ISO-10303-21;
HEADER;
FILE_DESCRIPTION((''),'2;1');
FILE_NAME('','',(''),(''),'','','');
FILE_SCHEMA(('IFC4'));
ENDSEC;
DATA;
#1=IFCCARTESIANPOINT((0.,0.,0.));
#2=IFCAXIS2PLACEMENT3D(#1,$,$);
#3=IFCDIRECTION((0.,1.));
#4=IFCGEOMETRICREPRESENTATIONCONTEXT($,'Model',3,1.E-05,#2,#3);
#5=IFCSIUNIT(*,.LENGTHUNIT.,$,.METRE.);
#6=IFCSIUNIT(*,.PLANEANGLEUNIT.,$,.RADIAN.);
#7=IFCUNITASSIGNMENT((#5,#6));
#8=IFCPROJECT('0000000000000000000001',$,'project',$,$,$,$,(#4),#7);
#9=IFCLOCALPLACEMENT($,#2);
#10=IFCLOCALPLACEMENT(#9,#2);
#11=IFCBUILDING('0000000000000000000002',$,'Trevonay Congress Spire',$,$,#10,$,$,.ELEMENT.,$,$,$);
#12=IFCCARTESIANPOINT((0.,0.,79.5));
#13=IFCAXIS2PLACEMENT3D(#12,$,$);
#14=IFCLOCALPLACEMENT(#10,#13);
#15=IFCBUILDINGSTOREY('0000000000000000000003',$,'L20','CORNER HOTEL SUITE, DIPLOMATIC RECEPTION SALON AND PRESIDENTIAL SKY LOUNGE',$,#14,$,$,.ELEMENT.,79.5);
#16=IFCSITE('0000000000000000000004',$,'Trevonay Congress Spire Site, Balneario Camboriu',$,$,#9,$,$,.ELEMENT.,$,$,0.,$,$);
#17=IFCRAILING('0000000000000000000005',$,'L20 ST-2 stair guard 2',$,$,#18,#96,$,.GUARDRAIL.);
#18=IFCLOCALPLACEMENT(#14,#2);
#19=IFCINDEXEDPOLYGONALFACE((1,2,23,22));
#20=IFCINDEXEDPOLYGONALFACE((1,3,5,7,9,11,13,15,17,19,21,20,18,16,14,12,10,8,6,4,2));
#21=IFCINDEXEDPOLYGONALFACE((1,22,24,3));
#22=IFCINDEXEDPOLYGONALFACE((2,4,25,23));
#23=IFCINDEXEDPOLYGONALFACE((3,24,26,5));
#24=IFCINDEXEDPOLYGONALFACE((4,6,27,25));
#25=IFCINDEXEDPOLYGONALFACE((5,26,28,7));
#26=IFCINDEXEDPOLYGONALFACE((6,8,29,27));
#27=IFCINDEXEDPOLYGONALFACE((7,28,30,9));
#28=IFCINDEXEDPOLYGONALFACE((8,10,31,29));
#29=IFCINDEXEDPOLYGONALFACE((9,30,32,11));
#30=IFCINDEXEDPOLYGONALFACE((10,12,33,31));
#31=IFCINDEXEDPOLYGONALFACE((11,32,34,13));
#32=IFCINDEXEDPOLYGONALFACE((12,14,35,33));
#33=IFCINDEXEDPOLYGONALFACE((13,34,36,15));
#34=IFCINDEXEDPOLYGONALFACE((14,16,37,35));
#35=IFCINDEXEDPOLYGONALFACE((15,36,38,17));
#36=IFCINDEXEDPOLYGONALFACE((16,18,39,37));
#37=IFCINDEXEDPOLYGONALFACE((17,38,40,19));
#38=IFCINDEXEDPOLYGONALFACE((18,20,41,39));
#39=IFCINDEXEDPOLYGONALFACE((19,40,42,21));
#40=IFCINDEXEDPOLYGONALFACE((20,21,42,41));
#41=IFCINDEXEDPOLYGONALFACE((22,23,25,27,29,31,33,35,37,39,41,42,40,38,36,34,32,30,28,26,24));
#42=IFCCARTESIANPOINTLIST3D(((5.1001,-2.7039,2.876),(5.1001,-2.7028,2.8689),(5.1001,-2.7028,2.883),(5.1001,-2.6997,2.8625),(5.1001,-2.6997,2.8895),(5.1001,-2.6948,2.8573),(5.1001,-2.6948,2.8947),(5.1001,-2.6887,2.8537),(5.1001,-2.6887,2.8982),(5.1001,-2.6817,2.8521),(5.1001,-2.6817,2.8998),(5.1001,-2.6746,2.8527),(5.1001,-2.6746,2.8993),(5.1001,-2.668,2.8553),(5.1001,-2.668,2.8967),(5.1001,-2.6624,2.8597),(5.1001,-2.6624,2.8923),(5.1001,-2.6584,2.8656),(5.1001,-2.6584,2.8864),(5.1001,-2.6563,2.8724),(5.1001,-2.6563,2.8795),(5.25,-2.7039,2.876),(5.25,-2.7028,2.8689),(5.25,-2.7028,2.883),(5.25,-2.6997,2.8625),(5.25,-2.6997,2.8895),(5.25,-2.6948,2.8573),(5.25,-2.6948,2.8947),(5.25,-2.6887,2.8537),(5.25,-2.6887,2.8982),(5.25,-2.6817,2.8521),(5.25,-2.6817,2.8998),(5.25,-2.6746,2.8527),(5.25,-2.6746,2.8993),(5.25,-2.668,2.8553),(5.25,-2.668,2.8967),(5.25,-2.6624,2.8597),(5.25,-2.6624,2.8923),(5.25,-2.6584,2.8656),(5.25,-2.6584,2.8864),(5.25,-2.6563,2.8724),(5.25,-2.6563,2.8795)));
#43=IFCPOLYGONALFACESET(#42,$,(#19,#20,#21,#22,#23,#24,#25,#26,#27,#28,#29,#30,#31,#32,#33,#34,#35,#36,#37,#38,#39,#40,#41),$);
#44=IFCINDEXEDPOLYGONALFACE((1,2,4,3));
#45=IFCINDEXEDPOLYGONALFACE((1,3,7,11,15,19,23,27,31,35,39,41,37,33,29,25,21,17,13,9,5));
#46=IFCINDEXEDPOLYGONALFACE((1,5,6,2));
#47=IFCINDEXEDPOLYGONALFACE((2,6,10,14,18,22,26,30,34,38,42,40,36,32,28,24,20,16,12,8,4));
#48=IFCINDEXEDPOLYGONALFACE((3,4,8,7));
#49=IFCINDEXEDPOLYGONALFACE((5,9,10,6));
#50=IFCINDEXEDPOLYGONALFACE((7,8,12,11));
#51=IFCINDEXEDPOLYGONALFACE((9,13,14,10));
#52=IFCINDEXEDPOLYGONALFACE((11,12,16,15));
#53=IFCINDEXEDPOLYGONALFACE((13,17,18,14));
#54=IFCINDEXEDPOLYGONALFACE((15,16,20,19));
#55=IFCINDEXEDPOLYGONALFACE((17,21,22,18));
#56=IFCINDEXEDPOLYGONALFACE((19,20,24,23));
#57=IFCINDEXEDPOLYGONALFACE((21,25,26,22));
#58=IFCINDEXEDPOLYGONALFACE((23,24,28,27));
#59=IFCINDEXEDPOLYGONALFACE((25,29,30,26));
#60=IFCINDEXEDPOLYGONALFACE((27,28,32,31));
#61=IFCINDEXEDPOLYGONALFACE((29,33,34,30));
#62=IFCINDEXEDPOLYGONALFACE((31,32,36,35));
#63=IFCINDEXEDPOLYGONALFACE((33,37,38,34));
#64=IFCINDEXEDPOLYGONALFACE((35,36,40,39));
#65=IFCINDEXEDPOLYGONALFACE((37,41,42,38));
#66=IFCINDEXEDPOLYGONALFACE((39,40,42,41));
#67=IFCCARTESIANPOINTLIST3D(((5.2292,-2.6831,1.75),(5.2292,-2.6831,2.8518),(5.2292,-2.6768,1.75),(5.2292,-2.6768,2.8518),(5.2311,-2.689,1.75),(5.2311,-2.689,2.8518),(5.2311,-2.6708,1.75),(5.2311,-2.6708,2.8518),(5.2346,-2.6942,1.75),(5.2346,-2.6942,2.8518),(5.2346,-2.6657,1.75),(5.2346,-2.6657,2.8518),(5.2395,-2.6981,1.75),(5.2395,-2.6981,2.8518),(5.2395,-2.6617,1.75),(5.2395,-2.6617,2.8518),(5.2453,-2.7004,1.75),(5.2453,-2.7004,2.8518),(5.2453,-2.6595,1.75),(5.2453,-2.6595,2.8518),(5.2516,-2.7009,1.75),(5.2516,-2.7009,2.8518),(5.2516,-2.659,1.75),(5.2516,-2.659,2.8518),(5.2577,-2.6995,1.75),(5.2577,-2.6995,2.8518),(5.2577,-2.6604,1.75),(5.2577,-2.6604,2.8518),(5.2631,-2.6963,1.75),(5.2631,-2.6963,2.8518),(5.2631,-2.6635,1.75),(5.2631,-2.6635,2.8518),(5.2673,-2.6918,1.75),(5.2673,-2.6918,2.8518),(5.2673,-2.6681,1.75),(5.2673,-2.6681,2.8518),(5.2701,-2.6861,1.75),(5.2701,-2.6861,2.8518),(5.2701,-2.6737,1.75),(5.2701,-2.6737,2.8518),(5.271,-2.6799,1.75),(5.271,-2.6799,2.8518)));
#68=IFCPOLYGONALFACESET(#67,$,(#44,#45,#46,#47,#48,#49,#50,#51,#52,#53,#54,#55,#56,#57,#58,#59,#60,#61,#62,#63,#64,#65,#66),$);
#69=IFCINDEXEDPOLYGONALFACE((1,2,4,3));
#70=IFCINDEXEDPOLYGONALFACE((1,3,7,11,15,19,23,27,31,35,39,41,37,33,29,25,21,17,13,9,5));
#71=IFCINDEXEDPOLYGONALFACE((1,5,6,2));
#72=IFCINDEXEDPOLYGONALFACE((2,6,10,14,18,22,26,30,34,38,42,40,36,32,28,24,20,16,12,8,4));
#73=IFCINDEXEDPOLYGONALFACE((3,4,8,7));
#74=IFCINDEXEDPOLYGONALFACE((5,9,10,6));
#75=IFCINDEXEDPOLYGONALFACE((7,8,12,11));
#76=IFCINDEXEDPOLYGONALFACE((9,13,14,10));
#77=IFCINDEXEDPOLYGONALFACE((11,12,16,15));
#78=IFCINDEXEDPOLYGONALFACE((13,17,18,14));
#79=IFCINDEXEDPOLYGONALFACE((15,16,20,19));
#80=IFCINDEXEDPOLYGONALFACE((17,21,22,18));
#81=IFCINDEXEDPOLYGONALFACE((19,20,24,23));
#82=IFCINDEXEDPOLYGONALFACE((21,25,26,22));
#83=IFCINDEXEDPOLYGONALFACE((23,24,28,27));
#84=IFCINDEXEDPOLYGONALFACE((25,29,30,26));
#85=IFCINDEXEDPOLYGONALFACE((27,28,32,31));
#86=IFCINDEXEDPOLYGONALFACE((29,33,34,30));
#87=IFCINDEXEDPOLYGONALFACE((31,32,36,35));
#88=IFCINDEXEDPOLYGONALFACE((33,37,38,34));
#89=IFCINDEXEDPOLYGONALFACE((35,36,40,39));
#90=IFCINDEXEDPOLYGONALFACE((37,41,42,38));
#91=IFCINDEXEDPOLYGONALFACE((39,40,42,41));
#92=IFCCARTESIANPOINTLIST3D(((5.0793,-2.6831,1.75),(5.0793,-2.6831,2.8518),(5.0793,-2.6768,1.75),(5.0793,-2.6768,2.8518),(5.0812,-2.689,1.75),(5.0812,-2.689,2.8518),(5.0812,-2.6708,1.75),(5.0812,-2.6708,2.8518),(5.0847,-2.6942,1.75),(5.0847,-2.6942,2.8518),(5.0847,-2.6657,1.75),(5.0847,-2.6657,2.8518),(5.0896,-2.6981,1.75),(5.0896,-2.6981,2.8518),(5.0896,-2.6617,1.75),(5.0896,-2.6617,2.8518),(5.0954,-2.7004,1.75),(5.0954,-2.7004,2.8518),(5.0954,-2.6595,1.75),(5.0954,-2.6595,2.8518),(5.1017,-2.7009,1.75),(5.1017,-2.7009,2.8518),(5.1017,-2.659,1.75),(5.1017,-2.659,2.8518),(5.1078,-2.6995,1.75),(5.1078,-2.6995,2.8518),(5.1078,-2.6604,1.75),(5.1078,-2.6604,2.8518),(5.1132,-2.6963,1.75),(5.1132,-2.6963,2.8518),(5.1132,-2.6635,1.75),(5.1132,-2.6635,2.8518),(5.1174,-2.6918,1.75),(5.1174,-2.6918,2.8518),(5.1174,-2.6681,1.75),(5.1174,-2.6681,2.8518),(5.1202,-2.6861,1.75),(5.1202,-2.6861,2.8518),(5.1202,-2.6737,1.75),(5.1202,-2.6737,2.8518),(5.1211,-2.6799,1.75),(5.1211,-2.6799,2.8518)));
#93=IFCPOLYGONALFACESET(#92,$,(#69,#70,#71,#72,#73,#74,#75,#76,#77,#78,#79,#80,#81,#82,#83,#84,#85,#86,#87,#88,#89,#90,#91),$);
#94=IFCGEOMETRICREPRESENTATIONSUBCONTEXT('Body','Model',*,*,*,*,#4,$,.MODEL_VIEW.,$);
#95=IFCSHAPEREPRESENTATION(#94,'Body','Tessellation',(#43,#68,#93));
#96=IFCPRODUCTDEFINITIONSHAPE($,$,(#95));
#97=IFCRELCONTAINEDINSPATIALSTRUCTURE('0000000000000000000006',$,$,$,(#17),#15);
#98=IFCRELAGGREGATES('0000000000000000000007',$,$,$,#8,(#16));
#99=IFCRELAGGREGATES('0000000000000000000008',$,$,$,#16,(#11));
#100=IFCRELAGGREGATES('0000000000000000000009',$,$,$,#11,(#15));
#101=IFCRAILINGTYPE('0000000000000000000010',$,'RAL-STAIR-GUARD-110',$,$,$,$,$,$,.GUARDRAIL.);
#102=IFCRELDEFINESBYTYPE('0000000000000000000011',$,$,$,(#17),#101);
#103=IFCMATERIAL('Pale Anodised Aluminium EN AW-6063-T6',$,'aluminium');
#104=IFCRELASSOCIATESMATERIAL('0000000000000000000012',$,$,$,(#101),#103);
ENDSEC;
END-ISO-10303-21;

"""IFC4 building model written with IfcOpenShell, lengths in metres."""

from ifc_helpers import new_model, si_unit, direction, frame, origin, origin_2d, place, context, subcontext, project, spatial, circle, extrude, material, type_object, element, save


model = new_model("IFC4")

# Units and contexts
model_context = context("Model", 3, precision=1e-05, world=origin(), true_north=direction((0.0, 1.0)))
body_context = subcontext(model_context, "Body", "Model", "MODEL_VIEW")
ifc_project = project(units=[si_unit("LENGTHUNIT", "METRE"), si_unit("PLANEANGLEUNIT", "RADIAN")], contexts=[model_context])

# Site, building, storey
site_placement = place(None, origin())
site = spatial("IfcSite", under=ifc_project, at=site_placement, Name="Trevonay Congress Spire Site, Balneario Camboriu", CompositionType="ELEMENT", RefElevation=0.0)
building_placement = place(site_placement, origin())
building = spatial("IfcBuilding", under=site, at=building_placement, Name="Trevonay Congress Spire", CompositionType="ELEMENT")
storey_placement = place(building_placement, frame((0.0, 0.0, 79.5)))
storey = spatial("IfcBuildingStorey", under=building, at=storey_placement, Name="L20", Description="CORNER HOTEL SUITE, DIPLOMATIC RECEPTION SALON AND PRESIDENTIAL SKY LOUNGE", CompositionType="ELEMENT", Elevation=79.5)

# Railing
ifc_material_1 = material(Name="Pale Anodised Aluminium EN AW-6063-T6", Category="aluminium")
railing_type_1 = type_object("IfcRailingType", Name="RAL-STAIR-GUARD-110", PredefinedType="GUARDRAIL", material=ifc_material_1)
railing_1_placement = place(storey_placement, frame((5.25, -2.6799, 1.75)))
element("IfcRailing", 1, at=railing_1_placement, inside=storey, type_object=railing_type_1, Name="L20 ST-2 stair guard 2", PredefinedType="GUARDRAIL", context=body_context, shape_type="SweptSolid", body=[
    extrude(circle(Radius=0.0239, at=origin_2d()), frame((0.0, 0.0, 1.126), z_axis=(-1.0, 0.0, 0.0), x_axis=(0.0, -1.0, 0.0)), (0.0, 0.0, 1.0), 0.1499),
    extrude(circle(Radius=0.021, at=origin_2d()), origin(), (0.0, 0.0, 1.0), 1.1018),
    extrude(circle(Radius=0.021, at=origin_2d()), frame((-0.1499, 0.0, 0.0)), (0.0, 0.0, 1.0), 1.1018),
])

save(model, "model.ifc")
